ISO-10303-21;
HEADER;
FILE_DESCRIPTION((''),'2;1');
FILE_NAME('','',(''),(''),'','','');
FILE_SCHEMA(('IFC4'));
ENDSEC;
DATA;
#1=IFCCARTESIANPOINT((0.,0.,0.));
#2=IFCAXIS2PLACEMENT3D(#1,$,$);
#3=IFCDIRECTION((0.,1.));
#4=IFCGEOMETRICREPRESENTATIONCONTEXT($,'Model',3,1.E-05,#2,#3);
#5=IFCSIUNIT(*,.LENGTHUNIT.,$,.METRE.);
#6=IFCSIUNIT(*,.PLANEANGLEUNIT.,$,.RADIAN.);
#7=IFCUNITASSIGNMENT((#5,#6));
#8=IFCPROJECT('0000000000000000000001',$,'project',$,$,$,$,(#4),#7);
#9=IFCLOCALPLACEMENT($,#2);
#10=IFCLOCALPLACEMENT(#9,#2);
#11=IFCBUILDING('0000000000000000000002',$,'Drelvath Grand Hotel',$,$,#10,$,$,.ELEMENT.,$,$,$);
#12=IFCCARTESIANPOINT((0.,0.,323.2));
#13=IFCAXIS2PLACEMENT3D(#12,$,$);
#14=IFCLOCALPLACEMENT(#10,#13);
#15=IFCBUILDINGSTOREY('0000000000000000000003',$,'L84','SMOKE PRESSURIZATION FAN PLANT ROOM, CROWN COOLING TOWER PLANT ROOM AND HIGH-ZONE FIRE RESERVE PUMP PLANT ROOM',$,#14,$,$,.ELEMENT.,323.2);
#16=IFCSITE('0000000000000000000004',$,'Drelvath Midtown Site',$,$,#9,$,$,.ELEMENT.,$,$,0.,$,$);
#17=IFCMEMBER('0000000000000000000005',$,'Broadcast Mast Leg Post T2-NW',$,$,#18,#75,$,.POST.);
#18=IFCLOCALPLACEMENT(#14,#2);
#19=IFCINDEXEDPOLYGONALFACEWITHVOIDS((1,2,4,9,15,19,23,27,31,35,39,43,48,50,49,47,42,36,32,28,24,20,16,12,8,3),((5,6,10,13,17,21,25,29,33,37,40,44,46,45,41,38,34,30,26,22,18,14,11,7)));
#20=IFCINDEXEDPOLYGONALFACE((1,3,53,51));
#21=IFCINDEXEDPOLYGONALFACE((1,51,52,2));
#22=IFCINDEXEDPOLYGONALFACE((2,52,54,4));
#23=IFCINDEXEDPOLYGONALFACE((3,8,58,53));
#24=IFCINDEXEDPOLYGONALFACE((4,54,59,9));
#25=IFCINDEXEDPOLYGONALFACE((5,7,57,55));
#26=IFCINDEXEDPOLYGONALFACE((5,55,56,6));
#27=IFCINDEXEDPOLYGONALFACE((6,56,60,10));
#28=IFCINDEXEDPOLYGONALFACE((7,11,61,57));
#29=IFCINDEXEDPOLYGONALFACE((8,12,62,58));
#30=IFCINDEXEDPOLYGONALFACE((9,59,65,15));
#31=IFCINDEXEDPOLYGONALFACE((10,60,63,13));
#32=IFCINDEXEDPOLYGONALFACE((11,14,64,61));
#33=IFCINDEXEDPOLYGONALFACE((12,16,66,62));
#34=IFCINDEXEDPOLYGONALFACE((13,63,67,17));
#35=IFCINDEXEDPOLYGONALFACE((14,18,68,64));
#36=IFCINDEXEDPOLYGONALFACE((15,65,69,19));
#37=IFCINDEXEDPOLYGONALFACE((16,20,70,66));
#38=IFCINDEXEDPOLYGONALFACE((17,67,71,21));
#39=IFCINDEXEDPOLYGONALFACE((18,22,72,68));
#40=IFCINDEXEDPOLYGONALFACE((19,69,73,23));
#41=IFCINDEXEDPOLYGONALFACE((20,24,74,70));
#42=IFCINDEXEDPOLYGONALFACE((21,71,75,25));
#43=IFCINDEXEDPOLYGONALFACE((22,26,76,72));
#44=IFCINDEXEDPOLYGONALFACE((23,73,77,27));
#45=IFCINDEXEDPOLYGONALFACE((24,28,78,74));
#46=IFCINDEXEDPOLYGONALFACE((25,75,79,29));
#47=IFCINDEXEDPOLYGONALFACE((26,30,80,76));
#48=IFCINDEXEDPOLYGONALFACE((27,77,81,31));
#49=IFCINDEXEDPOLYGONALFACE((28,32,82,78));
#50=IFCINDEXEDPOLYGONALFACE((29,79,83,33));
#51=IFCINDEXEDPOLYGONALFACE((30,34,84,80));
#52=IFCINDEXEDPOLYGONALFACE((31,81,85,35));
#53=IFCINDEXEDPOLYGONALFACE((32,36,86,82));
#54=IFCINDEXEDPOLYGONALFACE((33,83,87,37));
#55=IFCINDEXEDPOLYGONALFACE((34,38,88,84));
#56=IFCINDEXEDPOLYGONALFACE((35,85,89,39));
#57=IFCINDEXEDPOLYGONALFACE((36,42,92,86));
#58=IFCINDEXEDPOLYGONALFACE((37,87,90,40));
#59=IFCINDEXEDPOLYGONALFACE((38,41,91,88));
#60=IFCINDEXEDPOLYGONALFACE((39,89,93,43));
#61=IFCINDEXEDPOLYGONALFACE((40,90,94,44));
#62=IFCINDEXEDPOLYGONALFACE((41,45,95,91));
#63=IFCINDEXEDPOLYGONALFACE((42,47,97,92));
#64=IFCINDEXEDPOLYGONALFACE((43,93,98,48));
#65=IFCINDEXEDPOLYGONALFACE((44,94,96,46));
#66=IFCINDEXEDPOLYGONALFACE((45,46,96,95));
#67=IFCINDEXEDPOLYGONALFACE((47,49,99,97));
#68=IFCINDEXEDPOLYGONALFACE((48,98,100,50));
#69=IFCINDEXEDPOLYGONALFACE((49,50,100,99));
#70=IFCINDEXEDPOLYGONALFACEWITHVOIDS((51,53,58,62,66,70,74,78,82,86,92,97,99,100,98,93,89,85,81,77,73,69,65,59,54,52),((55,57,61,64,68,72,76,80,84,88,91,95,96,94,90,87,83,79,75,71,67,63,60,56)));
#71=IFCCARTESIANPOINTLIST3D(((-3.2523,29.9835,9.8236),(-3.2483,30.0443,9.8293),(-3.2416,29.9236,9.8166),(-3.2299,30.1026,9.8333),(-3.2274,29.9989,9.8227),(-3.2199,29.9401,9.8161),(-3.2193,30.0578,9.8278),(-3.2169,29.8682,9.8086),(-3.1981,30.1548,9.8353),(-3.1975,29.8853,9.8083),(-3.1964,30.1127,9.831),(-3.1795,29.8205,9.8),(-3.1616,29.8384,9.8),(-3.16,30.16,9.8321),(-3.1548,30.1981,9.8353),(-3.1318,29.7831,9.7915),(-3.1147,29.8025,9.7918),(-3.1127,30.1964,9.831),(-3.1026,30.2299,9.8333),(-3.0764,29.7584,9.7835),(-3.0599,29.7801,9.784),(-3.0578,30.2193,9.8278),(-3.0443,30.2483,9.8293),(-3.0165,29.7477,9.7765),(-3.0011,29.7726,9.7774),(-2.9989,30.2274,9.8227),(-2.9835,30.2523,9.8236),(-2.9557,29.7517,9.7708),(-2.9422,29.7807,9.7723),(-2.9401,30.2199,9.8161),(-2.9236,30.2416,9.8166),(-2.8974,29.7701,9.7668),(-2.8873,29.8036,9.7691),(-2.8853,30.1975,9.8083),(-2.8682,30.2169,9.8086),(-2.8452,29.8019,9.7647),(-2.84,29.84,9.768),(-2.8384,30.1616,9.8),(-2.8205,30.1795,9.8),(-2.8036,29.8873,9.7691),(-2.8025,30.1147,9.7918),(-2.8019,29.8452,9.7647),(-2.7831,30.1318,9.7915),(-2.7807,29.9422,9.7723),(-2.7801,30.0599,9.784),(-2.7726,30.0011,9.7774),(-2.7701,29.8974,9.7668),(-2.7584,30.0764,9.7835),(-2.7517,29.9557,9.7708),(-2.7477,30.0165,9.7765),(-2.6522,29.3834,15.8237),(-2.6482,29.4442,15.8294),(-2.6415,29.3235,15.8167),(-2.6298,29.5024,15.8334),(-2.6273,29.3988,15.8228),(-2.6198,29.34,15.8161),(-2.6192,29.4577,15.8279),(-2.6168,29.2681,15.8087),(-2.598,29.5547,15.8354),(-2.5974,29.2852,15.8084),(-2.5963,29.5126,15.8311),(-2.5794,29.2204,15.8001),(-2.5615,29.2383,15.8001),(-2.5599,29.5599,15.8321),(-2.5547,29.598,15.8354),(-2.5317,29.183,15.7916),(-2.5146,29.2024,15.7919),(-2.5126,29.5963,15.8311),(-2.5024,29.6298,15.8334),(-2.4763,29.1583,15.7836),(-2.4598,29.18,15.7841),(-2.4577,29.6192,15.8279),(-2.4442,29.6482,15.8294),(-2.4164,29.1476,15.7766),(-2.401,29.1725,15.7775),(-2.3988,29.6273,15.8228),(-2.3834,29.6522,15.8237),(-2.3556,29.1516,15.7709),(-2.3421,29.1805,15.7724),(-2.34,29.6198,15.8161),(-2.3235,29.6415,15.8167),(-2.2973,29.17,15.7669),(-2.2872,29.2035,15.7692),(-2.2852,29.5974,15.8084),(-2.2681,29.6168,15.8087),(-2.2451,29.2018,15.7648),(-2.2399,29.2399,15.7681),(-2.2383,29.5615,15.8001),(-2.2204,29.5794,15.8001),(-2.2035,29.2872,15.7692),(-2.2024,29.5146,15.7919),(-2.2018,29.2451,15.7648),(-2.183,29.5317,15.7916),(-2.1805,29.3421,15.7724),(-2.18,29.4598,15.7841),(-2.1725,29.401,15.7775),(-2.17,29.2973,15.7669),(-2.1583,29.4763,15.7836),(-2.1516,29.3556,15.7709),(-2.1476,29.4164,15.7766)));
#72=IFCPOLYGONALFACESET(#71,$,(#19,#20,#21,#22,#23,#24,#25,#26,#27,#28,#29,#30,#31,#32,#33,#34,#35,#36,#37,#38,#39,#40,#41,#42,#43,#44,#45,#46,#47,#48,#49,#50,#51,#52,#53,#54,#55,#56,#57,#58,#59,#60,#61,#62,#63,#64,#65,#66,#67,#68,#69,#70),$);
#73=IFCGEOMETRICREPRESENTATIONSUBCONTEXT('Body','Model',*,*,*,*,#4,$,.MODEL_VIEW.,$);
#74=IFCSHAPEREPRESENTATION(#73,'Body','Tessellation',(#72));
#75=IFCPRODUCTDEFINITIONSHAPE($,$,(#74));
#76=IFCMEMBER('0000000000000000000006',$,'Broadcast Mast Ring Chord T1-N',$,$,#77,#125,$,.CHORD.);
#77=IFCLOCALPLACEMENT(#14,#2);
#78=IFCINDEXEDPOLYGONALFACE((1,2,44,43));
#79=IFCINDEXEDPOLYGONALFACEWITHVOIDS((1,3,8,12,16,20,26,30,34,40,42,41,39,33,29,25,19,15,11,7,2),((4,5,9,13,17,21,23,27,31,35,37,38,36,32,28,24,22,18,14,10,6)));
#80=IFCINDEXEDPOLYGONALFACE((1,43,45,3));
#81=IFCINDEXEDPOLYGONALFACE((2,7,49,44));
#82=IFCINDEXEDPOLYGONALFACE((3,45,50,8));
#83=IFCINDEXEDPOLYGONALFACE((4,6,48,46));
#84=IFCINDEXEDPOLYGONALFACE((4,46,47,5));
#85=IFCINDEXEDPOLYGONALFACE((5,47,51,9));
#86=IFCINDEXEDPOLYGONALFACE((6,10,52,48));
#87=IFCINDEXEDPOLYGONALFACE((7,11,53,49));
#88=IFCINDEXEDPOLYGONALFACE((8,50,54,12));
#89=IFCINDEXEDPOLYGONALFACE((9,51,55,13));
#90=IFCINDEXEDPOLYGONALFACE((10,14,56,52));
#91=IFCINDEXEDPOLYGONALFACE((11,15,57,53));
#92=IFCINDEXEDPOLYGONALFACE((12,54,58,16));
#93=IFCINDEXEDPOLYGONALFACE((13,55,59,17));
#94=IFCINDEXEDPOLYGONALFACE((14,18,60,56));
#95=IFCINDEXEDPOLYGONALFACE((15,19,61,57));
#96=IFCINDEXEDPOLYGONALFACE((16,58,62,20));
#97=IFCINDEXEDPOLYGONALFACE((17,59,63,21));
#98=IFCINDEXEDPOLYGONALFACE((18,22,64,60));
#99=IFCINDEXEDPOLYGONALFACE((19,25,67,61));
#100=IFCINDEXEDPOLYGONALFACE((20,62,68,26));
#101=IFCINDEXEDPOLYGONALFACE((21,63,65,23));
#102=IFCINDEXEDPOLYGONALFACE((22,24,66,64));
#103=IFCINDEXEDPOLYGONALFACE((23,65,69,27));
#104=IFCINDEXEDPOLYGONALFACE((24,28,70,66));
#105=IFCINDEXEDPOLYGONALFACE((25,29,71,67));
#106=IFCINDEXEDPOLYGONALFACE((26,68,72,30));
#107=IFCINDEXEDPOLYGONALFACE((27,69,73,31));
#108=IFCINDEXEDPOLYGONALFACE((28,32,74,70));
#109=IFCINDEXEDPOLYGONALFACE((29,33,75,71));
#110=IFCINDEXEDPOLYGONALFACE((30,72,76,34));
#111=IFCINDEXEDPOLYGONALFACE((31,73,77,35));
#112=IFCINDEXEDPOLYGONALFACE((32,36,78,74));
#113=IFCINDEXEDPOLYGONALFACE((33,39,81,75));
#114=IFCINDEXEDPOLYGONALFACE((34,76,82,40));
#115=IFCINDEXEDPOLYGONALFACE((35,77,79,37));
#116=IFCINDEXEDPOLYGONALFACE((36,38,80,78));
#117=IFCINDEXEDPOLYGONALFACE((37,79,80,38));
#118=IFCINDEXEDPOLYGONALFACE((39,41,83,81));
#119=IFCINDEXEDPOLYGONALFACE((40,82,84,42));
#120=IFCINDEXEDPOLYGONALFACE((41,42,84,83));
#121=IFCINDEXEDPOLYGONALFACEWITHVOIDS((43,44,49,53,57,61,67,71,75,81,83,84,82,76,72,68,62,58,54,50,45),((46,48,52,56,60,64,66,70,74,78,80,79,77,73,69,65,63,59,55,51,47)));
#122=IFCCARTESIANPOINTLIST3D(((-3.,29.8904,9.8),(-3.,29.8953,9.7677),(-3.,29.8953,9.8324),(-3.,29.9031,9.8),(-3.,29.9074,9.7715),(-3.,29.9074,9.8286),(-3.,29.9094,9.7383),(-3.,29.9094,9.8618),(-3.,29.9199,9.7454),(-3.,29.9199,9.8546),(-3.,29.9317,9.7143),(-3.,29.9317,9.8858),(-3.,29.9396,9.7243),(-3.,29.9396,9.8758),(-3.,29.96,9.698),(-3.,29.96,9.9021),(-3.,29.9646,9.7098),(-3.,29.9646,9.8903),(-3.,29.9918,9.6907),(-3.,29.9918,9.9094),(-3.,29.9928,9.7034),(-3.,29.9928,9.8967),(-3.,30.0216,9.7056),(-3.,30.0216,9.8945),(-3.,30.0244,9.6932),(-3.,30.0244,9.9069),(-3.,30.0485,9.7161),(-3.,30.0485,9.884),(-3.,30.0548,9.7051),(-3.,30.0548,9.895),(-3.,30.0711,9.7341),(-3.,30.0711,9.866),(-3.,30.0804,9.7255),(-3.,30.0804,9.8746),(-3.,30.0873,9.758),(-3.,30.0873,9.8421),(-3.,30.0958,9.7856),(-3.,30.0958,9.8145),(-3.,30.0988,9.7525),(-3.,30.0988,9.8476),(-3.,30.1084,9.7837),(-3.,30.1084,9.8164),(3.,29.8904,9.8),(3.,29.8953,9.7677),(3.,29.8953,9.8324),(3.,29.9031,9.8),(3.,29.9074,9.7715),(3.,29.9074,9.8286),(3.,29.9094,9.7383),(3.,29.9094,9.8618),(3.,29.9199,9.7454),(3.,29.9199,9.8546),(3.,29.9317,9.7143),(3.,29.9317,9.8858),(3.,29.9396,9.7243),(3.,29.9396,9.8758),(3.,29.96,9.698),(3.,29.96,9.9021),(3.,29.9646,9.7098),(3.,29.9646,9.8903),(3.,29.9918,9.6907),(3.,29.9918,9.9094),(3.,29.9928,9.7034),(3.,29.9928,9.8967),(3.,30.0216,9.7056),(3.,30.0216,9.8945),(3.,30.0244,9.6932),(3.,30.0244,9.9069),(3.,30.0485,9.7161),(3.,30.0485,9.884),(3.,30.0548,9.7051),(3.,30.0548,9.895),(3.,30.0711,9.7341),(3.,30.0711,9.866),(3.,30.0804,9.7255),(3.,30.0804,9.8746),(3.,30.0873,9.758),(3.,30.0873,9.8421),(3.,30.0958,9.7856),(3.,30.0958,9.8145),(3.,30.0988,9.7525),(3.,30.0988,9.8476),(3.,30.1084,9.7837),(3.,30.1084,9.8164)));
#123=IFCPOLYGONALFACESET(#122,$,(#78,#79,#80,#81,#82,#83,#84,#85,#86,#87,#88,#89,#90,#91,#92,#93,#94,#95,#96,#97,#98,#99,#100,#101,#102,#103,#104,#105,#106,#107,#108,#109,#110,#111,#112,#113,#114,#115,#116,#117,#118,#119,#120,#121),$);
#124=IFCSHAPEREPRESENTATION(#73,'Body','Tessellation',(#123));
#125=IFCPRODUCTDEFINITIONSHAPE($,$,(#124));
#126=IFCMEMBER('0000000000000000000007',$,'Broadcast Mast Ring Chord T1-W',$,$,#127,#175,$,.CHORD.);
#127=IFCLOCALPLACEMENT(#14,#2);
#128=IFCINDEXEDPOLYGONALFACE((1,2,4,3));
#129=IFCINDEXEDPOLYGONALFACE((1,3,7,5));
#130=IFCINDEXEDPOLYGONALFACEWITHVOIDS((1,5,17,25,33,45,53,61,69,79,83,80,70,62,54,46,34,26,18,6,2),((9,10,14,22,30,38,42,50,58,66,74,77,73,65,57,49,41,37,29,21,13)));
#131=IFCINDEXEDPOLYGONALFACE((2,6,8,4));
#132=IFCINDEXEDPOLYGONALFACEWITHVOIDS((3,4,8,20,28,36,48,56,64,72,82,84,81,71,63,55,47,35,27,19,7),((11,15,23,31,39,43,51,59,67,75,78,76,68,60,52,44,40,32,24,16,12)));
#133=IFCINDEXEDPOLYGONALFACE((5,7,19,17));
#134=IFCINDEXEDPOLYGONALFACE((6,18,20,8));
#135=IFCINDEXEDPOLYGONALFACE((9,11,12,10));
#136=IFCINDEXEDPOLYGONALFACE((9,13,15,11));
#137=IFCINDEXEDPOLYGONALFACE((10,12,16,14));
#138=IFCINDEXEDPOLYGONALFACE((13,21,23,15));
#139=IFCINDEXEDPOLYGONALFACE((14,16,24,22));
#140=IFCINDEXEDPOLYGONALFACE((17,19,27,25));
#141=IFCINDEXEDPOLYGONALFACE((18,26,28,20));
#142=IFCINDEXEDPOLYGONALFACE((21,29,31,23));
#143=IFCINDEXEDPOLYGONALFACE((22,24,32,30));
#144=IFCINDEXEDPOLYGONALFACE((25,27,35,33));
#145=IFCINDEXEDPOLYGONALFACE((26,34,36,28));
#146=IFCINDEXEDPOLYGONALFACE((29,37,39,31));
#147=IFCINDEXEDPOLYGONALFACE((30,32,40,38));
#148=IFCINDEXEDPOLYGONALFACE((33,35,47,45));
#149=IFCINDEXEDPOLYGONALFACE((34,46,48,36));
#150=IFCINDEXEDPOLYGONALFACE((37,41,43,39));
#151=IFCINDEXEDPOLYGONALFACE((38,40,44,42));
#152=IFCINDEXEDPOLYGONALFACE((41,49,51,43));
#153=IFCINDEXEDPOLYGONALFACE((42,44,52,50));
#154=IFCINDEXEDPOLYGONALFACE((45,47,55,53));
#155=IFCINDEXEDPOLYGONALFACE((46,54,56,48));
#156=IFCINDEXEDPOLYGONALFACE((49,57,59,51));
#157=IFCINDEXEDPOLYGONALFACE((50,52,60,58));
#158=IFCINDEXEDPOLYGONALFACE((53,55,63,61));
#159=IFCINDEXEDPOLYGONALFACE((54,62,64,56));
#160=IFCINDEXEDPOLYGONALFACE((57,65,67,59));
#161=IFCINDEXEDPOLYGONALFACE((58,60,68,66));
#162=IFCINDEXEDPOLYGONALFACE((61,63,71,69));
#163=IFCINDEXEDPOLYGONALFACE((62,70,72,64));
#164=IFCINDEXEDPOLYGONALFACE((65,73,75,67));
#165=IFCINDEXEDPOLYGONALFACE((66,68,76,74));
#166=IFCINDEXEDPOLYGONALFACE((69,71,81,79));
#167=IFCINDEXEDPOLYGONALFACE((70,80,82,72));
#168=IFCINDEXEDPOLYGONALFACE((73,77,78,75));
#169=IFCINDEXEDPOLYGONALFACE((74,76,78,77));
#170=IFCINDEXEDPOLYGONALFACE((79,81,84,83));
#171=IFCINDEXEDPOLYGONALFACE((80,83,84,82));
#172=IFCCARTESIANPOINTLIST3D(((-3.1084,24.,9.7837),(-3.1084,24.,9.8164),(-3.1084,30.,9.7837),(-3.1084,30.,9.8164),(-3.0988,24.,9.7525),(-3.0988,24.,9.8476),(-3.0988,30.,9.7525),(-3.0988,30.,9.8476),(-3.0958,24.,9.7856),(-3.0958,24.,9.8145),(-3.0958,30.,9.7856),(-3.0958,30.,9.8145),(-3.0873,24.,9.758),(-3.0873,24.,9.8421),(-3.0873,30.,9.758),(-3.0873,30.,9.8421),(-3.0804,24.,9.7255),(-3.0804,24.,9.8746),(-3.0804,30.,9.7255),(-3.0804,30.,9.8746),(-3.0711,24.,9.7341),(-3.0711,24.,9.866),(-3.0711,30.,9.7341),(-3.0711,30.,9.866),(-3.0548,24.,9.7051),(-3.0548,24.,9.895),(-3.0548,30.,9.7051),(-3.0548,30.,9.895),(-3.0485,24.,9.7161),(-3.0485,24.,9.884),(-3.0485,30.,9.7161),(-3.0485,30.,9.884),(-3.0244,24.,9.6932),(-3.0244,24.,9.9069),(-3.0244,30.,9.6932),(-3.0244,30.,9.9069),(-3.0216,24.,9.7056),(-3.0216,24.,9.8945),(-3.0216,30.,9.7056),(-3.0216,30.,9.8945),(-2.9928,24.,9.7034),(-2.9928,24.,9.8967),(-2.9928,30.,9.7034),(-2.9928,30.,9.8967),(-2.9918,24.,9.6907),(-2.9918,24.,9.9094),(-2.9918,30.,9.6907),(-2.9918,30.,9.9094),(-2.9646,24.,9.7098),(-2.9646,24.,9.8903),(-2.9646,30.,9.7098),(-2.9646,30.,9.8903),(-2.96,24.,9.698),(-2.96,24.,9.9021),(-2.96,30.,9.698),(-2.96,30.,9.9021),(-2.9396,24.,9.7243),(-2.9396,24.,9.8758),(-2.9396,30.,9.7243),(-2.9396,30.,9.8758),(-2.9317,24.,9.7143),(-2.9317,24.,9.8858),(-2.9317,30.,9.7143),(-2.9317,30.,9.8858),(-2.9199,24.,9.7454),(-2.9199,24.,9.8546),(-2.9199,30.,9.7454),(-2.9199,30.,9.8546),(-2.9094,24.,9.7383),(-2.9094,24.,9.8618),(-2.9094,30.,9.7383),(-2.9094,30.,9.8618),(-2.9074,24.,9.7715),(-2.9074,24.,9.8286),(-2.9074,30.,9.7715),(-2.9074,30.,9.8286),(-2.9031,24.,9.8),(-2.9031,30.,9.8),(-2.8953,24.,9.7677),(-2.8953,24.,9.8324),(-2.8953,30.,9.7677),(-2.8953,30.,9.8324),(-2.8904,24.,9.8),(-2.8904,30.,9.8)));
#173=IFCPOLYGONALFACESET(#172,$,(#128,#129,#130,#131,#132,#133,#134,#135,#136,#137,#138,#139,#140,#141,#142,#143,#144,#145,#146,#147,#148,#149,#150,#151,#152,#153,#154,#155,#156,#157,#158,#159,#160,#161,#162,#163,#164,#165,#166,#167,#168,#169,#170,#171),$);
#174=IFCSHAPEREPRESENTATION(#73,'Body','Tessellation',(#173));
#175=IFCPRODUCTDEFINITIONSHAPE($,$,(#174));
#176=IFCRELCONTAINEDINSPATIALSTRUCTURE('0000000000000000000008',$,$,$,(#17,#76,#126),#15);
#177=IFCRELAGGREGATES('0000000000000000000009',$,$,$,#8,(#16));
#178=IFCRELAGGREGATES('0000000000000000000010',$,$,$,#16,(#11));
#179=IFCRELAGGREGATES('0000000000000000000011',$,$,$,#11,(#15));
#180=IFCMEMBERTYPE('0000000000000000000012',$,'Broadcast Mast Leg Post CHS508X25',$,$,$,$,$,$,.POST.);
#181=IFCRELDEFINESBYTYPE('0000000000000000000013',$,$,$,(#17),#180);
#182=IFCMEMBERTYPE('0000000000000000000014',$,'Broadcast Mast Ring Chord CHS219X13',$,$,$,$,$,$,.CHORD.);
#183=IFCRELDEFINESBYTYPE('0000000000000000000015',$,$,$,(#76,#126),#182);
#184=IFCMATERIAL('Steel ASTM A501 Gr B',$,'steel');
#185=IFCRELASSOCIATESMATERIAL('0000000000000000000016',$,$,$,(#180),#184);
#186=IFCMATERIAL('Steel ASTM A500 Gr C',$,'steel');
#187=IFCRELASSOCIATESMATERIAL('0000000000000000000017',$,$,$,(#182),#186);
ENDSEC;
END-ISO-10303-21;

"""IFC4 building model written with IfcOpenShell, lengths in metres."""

from ifc_helpers import new_model, si_unit, direction, frame, origin, origin_2d, place, context, subcontext, project, spatial, hollow_circle, extrude, material, material_profile, profile_set, type_object, element, save


model = new_model("IFC4")

# Units and contexts
model_context = context("Model", 3, precision=1e-05, world=origin(), true_north=direction((0.0, 1.0)))
body_context = subcontext(model_context, "Body", "Model", "MODEL_VIEW")
ifc_project = project(units=[si_unit("LENGTHUNIT", "METRE"), si_unit("PLANEANGLEUNIT", "RADIAN")], contexts=[model_context])

# Site, building, storey
site_placement = place(None, origin())
site = spatial("IfcSite", under=ifc_project, at=site_placement, Name="Drelvath Midtown Site", CompositionType="ELEMENT", RefElevation=0.0)
building_placement = place(site_placement, origin())
building = spatial("IfcBuilding", under=site, at=building_placement, Name="Drelvath Grand Hotel", CompositionType="ELEMENT")
storey_placement = place(building_placement, frame((0.0, 0.0, 323.2)))
storey = spatial("IfcBuildingStorey", under=building, at=storey_placement, Name="L84", Description="SMOKE PRESSURIZATION FAN PLANT ROOM, CROWN COOLING TOWER PLANT ROOM AND HIGH-ZONE FIRE RESERVE PUMP PLANT ROOM", CompositionType="ELEMENT", Elevation=323.2)

# Members
ifc_material_1 = material(Name="Steel ASTM A500 Gr C", Category="steel")
ifc_material_2 = material(Name="Steel ASTM A501 Gr B", Category="steel")
ifc_material_profile_1 = material_profile(ifc_material_2, hollow_circle(Radius=0.2539, WallThickness=0.0254, at=origin_2d()), Name="CHS508X25")
ifc_profile_set_1 = profile_set([ifc_material_profile_1], Name="Steel ASTM A501 Gr B")
member_type_1 = type_object("IfcMemberType", Name="Broadcast Mast Leg Post CHS508X25", PredefinedType="POST", material=ifc_profile_set_1)
for number, where, z_axis, x_axis, name in (
    (1, (-3.0, 30.0, 9.8), (0.099031, -0.099031, 0.990144), (0.707107, 0.707107, 0.0), "Broadcast Mast Leg Post T2-NW"),
):
    element("IfcMember", number, at=place(storey_placement, frame(where, z_axis=z_axis, x_axis=x_axis)), inside=storey, type_object=member_type_1, Name=name, PredefinedType="POST", context=body_context, shape_type="SweptSolid", body=[
        extrude(hollow_circle(Radius=0.2539, WallThickness=0.0254, at=origin_2d()), origin(), (0.0, 0.0, 1.0), 6.0598),
    ])
ifc_material_profile_2 = material_profile(ifc_material_1, hollow_circle(Radius=0.1096, WallThickness=0.0127, at=origin_2d()), Name="CHS219X13")
ifc_profile_set_2 = profile_set([ifc_material_profile_2], Name="Steel ASTM A500 Gr C")
member_type_2 = type_object("IfcMemberType", Name="Broadcast Mast Ring Chord CHS219X13", PredefinedType="CHORD", material=ifc_profile_set_2)
for number, where, z_axis, x_axis, name in (
    (2, (3.0, 30.0, 9.8), (-1.0, 0.0, 0.0), (0.0, -1.0, 0.0), "Broadcast Mast Ring Chord T1-N"),
    (3, (-3.0, 30.0, 9.8), (0.0, -1.0, 0.0), (1.0, 0.0, 0.0), "Broadcast Mast Ring Chord T1-W"),
):
    element("IfcMember", number, at=place(storey_placement, frame(where, z_axis=z_axis, x_axis=x_axis)), inside=storey, type_object=member_type_2, Name=name, PredefinedType="CHORD", context=body_context, shape_type="SweptSolid", body=[
        extrude(hollow_circle(Radius=0.1096, WallThickness=0.0127, at=origin_2d()), origin(), (0.0, 0.0, 1.0), 6.0),
    ])

save(model, "model.ifc")
